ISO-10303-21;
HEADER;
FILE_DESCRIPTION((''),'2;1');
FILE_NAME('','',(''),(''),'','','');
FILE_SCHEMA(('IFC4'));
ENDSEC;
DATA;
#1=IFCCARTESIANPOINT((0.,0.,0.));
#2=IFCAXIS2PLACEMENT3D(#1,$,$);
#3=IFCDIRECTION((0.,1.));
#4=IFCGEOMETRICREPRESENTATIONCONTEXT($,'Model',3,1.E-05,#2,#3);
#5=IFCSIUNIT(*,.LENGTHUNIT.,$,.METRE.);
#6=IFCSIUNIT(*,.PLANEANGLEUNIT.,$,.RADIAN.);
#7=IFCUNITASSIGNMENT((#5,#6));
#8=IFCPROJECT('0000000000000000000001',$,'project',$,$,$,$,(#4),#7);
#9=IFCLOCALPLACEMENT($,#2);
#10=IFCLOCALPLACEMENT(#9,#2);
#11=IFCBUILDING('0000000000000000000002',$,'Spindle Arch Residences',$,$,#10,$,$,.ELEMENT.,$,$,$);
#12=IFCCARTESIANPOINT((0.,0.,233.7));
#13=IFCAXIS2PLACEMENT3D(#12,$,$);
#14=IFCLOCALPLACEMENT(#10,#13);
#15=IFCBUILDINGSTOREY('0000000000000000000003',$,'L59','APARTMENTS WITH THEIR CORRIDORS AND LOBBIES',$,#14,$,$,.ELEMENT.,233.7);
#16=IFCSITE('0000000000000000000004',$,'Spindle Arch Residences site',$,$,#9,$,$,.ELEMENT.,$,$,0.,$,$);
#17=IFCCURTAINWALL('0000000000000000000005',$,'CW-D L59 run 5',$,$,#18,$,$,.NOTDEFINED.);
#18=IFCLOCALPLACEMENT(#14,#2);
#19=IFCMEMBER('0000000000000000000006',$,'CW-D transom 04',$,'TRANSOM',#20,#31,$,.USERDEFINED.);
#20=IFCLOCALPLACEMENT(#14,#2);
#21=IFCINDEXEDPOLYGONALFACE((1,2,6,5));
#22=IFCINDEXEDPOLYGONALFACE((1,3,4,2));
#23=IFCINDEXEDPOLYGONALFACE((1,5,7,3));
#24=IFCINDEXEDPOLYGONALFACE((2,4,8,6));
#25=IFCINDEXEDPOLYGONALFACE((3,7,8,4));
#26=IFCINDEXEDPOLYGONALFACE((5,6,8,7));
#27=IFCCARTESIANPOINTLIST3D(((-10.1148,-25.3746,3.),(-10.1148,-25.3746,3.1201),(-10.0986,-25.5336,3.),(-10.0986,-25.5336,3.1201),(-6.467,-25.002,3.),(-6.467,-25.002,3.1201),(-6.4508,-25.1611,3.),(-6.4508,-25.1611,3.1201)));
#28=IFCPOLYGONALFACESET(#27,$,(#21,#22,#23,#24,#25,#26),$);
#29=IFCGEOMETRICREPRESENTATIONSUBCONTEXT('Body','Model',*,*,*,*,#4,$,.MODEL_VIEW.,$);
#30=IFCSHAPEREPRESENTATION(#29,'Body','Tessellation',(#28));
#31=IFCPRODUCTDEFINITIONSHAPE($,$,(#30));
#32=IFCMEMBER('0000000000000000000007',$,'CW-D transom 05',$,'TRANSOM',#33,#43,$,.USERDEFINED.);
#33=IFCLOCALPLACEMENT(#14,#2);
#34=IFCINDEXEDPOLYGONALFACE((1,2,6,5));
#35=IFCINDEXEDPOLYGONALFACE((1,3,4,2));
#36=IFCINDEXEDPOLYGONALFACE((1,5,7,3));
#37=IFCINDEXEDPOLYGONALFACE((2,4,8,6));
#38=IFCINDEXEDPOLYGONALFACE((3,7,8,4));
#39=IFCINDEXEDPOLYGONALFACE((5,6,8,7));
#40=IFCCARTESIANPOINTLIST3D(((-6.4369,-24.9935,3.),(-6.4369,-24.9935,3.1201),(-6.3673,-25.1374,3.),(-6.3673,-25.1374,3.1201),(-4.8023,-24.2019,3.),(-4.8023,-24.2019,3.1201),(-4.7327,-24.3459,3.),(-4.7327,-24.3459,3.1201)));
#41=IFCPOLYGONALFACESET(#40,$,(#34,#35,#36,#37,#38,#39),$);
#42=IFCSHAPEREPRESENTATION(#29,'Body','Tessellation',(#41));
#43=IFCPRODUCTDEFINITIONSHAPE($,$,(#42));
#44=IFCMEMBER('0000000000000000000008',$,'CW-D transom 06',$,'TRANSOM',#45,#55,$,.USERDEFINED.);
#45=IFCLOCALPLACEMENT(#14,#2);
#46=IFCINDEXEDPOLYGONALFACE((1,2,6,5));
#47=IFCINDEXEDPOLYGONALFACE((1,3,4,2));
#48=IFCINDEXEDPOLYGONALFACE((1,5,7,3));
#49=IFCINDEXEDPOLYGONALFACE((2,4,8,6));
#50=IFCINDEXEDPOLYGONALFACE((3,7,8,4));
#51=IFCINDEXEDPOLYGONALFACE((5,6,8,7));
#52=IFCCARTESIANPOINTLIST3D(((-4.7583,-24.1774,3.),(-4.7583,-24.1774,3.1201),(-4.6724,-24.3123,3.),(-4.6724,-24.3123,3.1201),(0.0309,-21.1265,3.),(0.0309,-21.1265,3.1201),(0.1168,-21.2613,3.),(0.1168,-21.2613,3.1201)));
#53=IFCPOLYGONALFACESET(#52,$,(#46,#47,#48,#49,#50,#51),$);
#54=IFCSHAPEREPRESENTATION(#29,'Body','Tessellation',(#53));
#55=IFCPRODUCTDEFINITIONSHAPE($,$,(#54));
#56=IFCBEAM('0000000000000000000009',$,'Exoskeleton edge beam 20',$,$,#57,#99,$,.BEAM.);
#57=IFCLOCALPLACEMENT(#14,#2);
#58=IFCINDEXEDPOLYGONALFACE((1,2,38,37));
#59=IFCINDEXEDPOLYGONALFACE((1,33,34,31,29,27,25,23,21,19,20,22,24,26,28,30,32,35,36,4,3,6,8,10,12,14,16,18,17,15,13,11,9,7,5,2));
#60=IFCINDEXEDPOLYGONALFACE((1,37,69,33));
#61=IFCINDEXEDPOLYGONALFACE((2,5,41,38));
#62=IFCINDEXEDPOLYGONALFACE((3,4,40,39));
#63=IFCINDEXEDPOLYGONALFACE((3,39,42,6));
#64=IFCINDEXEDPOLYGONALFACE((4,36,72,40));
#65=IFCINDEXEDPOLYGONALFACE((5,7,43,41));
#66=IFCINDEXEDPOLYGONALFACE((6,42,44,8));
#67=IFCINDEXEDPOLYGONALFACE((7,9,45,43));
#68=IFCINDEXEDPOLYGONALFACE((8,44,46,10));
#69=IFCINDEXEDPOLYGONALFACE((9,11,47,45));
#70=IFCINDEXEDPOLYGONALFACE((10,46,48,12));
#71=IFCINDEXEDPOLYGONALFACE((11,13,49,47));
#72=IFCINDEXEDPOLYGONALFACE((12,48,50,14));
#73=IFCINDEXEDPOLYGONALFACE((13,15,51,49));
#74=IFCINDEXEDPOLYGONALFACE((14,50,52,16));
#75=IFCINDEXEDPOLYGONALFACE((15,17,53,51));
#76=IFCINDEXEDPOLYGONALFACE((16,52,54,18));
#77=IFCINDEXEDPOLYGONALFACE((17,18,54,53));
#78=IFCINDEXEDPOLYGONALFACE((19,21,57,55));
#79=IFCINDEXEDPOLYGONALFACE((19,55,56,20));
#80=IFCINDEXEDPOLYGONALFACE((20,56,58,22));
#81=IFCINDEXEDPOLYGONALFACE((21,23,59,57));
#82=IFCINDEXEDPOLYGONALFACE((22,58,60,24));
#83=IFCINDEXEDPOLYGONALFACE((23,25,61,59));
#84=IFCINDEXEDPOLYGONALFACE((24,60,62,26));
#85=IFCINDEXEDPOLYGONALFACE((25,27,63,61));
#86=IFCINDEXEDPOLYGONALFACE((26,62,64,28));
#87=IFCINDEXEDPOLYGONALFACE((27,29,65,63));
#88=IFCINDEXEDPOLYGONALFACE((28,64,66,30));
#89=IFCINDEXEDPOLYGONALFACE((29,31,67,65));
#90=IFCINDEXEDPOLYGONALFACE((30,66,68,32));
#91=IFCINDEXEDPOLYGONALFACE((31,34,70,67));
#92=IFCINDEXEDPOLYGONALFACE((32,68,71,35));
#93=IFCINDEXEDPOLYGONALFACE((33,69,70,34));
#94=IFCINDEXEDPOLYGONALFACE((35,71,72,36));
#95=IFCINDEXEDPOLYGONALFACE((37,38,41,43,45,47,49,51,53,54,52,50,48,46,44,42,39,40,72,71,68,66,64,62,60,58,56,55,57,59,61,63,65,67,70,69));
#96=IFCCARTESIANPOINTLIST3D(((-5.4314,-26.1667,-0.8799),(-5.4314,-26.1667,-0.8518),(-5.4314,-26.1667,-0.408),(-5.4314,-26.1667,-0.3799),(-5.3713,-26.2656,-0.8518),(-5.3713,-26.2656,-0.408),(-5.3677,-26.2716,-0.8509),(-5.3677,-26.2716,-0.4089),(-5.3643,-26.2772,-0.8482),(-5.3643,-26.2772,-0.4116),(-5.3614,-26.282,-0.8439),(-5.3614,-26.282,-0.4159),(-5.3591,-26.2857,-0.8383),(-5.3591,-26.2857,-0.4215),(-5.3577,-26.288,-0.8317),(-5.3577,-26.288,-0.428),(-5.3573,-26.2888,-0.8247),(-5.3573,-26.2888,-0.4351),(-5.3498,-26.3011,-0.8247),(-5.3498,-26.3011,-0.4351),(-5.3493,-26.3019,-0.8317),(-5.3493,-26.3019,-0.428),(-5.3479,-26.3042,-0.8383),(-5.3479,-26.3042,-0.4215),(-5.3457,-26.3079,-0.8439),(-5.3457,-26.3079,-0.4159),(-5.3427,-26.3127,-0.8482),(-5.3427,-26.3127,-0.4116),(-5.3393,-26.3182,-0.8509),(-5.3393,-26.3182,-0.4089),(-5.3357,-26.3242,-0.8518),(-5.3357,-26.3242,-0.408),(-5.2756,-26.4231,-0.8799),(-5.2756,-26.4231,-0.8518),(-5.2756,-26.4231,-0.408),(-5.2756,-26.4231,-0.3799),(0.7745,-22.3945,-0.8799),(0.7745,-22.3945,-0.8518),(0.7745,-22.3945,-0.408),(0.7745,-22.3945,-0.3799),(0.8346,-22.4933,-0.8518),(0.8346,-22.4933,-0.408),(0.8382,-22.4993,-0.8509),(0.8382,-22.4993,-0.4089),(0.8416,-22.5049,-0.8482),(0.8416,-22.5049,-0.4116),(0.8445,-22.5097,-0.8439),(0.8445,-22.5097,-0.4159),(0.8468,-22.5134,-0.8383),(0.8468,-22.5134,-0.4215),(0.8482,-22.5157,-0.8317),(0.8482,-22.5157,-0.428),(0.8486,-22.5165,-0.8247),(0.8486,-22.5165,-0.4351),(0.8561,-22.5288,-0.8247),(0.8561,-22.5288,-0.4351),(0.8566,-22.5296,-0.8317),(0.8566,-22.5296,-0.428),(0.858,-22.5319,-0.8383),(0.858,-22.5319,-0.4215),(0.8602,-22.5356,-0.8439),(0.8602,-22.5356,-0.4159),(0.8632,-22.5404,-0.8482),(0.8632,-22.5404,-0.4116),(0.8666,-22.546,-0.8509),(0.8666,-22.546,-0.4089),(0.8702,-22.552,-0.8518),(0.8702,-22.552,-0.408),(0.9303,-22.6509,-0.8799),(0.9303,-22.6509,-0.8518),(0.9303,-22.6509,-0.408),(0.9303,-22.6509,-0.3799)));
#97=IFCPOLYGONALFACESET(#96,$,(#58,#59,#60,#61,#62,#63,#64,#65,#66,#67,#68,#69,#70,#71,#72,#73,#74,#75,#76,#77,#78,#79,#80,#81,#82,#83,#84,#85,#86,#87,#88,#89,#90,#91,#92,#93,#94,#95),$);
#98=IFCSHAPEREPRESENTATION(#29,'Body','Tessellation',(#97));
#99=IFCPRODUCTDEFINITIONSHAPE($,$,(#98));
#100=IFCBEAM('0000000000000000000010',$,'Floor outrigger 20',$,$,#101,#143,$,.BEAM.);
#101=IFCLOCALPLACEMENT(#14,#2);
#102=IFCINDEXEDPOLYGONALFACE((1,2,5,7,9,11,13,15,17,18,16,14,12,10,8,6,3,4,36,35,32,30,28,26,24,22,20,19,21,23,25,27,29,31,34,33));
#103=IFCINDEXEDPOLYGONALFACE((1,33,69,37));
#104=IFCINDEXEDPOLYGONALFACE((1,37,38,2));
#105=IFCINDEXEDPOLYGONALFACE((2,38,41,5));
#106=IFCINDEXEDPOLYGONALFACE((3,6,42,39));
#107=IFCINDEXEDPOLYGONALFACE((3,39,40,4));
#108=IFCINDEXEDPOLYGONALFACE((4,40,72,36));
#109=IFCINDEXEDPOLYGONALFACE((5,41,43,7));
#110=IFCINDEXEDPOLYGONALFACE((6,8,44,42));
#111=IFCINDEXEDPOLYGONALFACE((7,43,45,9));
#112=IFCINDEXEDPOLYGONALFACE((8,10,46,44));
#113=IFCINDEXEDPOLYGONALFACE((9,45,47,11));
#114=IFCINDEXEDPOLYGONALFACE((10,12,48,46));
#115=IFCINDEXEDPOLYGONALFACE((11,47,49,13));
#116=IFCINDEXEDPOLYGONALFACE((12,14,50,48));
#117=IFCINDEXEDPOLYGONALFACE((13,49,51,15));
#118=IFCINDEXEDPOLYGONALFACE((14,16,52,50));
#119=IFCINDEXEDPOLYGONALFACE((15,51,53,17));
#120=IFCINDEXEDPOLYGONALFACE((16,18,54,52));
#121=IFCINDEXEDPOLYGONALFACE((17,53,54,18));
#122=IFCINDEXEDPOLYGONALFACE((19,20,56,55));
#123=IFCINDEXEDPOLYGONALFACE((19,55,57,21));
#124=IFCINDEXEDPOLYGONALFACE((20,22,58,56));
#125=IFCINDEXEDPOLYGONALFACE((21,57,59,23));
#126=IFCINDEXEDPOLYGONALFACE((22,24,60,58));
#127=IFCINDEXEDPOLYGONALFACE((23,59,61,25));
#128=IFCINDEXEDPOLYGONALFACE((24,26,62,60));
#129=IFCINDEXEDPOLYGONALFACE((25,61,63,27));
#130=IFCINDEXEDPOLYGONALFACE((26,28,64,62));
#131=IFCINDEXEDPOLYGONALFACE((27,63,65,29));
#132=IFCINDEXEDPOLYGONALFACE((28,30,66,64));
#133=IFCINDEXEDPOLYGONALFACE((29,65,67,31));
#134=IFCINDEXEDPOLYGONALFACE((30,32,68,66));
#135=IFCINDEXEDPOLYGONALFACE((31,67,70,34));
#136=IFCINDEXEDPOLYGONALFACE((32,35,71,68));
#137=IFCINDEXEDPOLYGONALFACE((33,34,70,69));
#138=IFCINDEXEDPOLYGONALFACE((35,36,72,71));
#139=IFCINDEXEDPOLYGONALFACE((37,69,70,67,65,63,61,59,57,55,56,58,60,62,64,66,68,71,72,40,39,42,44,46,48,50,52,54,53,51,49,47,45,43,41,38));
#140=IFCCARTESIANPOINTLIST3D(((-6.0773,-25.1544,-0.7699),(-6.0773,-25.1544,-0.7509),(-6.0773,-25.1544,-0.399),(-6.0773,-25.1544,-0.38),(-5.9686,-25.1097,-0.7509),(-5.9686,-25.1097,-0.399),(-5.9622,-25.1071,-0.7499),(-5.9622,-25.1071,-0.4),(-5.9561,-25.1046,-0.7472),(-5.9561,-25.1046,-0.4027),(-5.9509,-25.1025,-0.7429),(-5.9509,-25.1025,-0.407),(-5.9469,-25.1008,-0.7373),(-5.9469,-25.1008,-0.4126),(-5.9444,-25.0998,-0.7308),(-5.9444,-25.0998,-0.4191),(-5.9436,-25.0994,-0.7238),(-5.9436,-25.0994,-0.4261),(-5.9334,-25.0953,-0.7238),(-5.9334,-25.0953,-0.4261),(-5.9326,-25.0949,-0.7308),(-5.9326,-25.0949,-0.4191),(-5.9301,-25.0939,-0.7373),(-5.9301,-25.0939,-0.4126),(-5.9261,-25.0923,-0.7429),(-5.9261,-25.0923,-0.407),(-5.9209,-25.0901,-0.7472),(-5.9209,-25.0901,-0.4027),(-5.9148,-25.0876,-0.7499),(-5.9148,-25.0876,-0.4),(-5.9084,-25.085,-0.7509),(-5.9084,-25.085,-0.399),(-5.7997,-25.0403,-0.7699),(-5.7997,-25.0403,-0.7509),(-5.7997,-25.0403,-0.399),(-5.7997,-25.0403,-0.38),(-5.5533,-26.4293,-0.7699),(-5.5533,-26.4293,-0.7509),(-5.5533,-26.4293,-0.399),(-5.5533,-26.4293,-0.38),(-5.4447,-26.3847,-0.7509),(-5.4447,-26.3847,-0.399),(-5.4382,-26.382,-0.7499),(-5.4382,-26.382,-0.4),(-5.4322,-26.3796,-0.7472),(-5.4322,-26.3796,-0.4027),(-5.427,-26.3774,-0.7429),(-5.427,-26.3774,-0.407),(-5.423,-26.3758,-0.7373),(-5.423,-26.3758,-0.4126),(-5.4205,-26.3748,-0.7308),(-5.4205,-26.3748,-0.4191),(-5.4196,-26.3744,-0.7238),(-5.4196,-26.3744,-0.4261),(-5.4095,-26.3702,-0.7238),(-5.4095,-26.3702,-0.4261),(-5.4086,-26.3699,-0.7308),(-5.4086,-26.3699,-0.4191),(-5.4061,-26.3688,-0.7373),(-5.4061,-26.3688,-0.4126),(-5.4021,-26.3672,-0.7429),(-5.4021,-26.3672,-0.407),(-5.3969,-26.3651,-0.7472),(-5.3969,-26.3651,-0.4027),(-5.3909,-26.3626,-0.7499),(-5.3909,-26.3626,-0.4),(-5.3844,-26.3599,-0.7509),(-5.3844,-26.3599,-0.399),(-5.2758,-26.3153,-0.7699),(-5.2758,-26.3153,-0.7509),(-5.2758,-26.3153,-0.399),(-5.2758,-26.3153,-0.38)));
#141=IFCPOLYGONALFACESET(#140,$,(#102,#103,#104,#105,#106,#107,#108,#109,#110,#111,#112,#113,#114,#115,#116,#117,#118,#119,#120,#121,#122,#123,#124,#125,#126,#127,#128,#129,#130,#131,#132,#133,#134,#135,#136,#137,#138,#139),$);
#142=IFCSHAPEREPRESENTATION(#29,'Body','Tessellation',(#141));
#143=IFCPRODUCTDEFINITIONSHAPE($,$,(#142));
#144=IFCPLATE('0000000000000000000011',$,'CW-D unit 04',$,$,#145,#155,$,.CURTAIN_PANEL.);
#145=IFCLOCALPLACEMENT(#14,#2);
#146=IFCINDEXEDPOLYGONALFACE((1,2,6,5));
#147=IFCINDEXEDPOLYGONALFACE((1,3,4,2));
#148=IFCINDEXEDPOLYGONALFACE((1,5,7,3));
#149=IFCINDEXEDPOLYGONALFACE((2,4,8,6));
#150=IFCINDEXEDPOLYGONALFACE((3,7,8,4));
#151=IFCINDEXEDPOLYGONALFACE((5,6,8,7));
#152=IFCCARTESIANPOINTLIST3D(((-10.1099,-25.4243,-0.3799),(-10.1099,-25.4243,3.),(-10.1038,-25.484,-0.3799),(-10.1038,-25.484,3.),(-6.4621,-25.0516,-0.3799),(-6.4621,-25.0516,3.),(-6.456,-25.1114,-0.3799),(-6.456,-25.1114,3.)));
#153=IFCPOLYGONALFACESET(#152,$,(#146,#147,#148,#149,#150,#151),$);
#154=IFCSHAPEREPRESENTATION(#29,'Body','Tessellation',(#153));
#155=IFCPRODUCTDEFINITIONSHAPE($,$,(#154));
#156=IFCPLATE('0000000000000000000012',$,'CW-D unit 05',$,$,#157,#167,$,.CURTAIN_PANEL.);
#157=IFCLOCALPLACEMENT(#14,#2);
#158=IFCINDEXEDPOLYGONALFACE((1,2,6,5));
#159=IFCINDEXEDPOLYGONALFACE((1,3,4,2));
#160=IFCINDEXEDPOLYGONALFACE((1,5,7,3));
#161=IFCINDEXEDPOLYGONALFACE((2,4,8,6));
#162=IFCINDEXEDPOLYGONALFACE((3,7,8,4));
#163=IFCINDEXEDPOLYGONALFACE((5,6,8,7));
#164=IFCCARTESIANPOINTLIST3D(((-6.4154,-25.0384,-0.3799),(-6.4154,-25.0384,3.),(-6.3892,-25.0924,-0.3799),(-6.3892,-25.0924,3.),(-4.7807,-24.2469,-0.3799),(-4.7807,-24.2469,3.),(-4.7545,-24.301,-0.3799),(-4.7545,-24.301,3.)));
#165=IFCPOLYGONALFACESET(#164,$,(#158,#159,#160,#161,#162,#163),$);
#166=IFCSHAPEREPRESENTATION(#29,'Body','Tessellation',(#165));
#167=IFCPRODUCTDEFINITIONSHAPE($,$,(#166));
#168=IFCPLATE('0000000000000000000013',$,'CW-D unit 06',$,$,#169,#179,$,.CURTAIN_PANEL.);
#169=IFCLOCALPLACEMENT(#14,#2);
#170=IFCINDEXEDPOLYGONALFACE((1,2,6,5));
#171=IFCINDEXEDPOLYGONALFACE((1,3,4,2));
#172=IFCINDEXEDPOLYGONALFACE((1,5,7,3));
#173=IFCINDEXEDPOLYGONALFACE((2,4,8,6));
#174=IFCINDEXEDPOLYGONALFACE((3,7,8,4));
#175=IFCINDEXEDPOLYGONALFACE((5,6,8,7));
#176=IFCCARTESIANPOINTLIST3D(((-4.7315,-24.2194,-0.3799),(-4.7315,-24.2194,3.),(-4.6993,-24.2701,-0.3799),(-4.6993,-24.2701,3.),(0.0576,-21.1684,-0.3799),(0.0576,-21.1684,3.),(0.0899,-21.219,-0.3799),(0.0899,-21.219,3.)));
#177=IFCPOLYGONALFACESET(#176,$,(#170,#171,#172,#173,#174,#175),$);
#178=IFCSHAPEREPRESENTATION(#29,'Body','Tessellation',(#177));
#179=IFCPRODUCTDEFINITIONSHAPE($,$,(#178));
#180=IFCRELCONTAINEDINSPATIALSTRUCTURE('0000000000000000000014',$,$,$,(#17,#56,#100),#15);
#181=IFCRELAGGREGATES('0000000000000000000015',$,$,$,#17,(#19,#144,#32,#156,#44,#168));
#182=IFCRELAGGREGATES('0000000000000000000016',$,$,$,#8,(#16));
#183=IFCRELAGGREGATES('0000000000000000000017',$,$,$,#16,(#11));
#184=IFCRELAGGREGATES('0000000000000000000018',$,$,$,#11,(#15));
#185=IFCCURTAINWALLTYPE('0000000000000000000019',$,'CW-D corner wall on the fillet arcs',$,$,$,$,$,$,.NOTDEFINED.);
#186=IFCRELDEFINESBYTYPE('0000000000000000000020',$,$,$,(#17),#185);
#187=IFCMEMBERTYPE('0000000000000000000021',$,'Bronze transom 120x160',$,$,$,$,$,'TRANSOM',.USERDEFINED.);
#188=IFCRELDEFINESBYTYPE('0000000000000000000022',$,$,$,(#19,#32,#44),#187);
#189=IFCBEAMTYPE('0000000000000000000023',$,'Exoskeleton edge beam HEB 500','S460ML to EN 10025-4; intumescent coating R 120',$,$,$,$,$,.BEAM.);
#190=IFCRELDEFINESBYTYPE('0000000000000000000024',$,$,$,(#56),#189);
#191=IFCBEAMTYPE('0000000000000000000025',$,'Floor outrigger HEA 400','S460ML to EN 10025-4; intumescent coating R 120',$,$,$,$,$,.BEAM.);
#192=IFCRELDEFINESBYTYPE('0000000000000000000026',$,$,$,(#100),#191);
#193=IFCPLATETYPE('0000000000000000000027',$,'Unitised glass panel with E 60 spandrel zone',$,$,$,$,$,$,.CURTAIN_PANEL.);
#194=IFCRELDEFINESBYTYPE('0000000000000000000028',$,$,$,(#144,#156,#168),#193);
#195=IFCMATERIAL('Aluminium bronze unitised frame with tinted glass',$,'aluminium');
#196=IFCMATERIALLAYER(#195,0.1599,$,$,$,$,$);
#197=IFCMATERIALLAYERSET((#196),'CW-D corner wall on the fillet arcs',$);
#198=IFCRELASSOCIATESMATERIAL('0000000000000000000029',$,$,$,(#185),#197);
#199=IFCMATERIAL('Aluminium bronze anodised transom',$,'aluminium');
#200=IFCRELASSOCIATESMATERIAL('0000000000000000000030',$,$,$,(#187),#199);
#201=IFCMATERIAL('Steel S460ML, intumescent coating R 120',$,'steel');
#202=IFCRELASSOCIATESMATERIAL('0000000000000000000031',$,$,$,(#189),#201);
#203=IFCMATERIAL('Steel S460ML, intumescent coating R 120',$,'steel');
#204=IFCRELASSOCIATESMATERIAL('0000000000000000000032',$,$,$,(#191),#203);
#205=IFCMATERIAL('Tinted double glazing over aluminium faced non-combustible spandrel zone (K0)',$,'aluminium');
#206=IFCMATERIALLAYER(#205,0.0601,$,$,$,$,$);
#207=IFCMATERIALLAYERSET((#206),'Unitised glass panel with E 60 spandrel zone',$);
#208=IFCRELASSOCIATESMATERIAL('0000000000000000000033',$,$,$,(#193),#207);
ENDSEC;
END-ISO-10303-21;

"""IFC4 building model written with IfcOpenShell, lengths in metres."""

from ifc_helpers import new_model, si_unit, direction, frame, origin, origin_2d, place, context, subcontext, project, spatial, rectangle, i_section, extrude, material, layer, layer_set, material_profile, profile_set, type_object, element, aggregate, save


model = new_model("IFC4")

# Units and contexts
model_context = context("Model", 3, precision=1e-05, world=origin(), true_north=direction((0.0, 1.0)))
body_context = subcontext(model_context, "Body", "Model", "MODEL_VIEW")
ifc_project = project(units=[si_unit("LENGTHUNIT", "METRE"), si_unit("PLANEANGLEUNIT", "RADIAN")], contexts=[model_context])

# Site, building, storey
site_placement = place(None, origin())
site = spatial("IfcSite", under=ifc_project, at=site_placement, Name="Spindle Arch Residences site", CompositionType="ELEMENT", RefElevation=0.0)
building_placement = place(site_placement, origin())
building = spatial("IfcBuilding", under=site, at=building_placement, Name="Spindle Arch Residences", CompositionType="ELEMENT")
storey_placement = place(building_placement, frame((0.0, 0.0, 233.7)))
storey = spatial("IfcBuildingStorey", under=building, at=storey_placement, Name="L59", Description="APARTMENTS WITH THEIR CORRIDORS AND LOBBIES", CompositionType="ELEMENT", Elevation=233.7)

# Curtain wall, members
ifc_material_1 = material(Name="Aluminium bronze unitised frame with tinted glass", Category="aluminium")
ifc_layer_1 = layer(ifc_material_1, 0.1599)
ifc_layer_set_1 = layer_set([ifc_layer_1], Name="CW-D corner wall on the fillet arcs")
curtain_wall_type = type_object("IfcCurtainWallType", Name="CW-D corner wall on the fillet arcs", PredefinedType="NOTDEFINED", material=ifc_layer_set_1)
curtain_wall_placement = place(storey_placement, origin())
curtain_wall = element("IfcCurtainWall", 1, at=curtain_wall_placement, inside=storey, type_object=curtain_wall_type, Name="CW-D L59 run 5", PredefinedType="NOTDEFINED")
ifc_material_2 = material(Name="Aluminium bronze anodised transom", Category="aluminium")
ifc_material_profile_1 = material_profile(ifc_material_2, rectangle(XDim=0.1599, YDim=0.1201, at=origin_2d()), Name="TR 120x160")
ifc_profile_set_1 = profile_set([ifc_material_profile_1], Name="Aluminium bronze anodised transom")
member_type_1 = type_object("IfcMemberType", Name="Bronze transom 120x160", ElementType="TRANSOM", PredefinedType="USERDEFINED", material=ifc_profile_set_1)
member_1_placement = place(storey_placement, frame((-10.1067, -25.4541, 3.0601), z_axis=(0.994825, 0.101606, 0.0), x_axis=(-0.101606, 0.994825, 0.0)))
member_1 = element("IfcMember", 2, at=member_1_placement, type_object=member_type_1, Name="CW-D transom 04", ObjectType="TRANSOM", PredefinedType="USERDEFINED", context=body_context, shape_type="SweptSolid", body=[
    extrude(rectangle(XDim=0.1599, YDim=0.1201, at=origin_2d()), origin(), (0.0, 0.0, 1.0), 3.6667),
])
member_2_placement = place(storey_placement, frame((-6.4021, -25.0654, 3.0601), z_axis=(0.900028, 0.435831, 0.0), x_axis=(-0.435831, 0.900028, 0.0)))
member_2 = element("IfcMember", 3, at=member_2_placement, type_object=member_type_1, Name="CW-D transom 05", ObjectType="TRANSOM", PredefinedType="USERDEFINED", context=body_context, shape_type="SweptSolid", body=[
    extrude(rectangle(XDim=0.1599, YDim=0.1201, at=origin_2d()), origin(), (0.0, 0.0, 1.0), 1.8162),
])
member_3_placement = place(storey_placement, frame((-4.7153, -24.2449, 3.0601), z_axis=(0.843399, 0.537287, 0.0), x_axis=(-0.537287, 0.843399, 0.0)))
member_3 = element("IfcMember", 4, at=member_3_placement, type_object=member_type_1, Name="CW-D transom 06", ObjectType="TRANSOM", PredefinedType="USERDEFINED", context=body_context, shape_type="SweptSolid", body=[
    extrude(rectangle(XDim=0.1599, YDim=0.1201, at=origin_2d()), origin(), (0.0, 0.0, 1.0), 5.6785),
])

# Beams
ifc_material_3 = material(Name="Steel S460ML, intumescent coating R 120", Category="steel")
ifc_material_profile_2 = material_profile(ifc_material_3, i_section(OverallWidth=0.3, OverallDepth=0.5, WebThickness=0.0144, FlangeThickness=0.0281, FilletRadius=0.0271, at=origin_2d()), Name="HEB 500")
ifc_profile_set_2 = profile_set([ifc_material_profile_2], Name="Steel S460ML, intumescent coating R 120")
beam_type_1 = type_object("IfcBeamType", Name="Exoskeleton edge beam HEB 500", Description="S460ML to EN 10025-4; intumescent coating R 120", PredefinedType="BEAM", material=ifc_profile_set_2)
beam_1_placement = place(storey_placement, frame((-5.3535, -26.2949, -0.6299), z_axis=(0.854518, 0.519421, 0.0), x_axis=(-0.519421, 0.854518, 0.0)))
element("IfcBeam", 5, at=beam_1_placement, inside=storey, type_object=beam_type_1, Name="Exoskeleton edge beam 20", PredefinedType="BEAM", context=body_context, shape_type="SweptSolid", body=[
    extrude(i_section(OverallWidth=0.3, OverallDepth=0.5, WebThickness=0.0144, FlangeThickness=0.0281, FilletRadius=0.0271, at=origin_2d()), origin(), (0.0, 0.0, 1.0), 7.2625),
])
ifc_material_4 = material(Name="Steel S460ML, intumescent coating R 120", Category="steel")
ifc_material_profile_3 = material_profile(ifc_material_4, i_section(OverallWidth=0.3, OverallDepth=0.3899, WebThickness=0.011, FlangeThickness=0.019, FilletRadius=0.0271, at=origin_2d()), Name="HEA 400")
ifc_profile_set_3 = profile_set([ifc_material_profile_3], Name="Steel S460ML, intumescent coating R 120")
beam_type_2 = type_object("IfcBeamType", Name="Floor outrigger HEA 400", Description="S460ML to EN 10025-4; intumescent coating R 120", PredefinedType="BEAM", material=ifc_profile_set_3)
beam_2_placement = place(storey_placement, frame((-5.4146, -26.3723, -0.575), z_axis=(-0.380108, 0.924942, 0.0), x_axis=(-0.924942, -0.380108, 0.0)))
element("IfcBeam", 6, at=beam_2_placement, inside=storey, type_object=beam_type_2, Name="Floor outrigger 20", PredefinedType="BEAM", context=body_context, shape_type="SweptSolid", body=[
    extrude(i_section(OverallWidth=0.3, OverallDepth=0.3899, WebThickness=0.011, FlangeThickness=0.019, FilletRadius=0.0271, at=origin_2d()), origin(), (0.0, 0.0, 1.0), 1.3784),
])

# Plates
ifc_material_5 = material(Name="Tinted double glazing over aluminium faced non-combustible spandrel zone (K0)", Category="aluminium")
ifc_layer_2 = layer(ifc_material_5, 0.0601)
ifc_layer_set_2 = layer_set([ifc_layer_2], Name="Unitised glass panel with E 60 spandrel zone")
plate_type = type_object("IfcPlateType", Name="Unitised glass panel with E 60 spandrel zone", PredefinedType="CURTAIN_PANEL", material=ifc_layer_set_2)
plate_1_placement = place(storey_placement, frame((-8.283, -25.2678, -0.3799), z_axis=(0.0, 0.0, 1.0), x_axis=(0.994822, 0.101635, 0.0)))
plate_1 = element("IfcPlate", 7, at=plate_1_placement, type_object=plate_type, Name="CW-D unit 04", PredefinedType="CURTAIN_PANEL", context=body_context, shape_type="SweptSolid", body=[
    extrude(rectangle(XDim=3.6667, YDim=0.0601, at=origin_2d()), origin(), (0.0, 0.0, 1.0), 3.3799),
])
plate_2_placement = place(storey_placement, frame((-5.585, -24.6697, -0.3799), z_axis=(0.0, 0.0, 1.0), x_axis=(0.900065, 0.435755, 0.0)))
plate_2 = element("IfcPlate", 8, at=plate_2_placement, type_object=plate_type, Name="CW-D unit 05", PredefinedType="CURTAIN_PANEL", context=body_context, shape_type="SweptSolid", body=[
    extrude(rectangle(XDim=1.8162, YDim=0.0601, at=origin_2d()), origin(), (0.0, 0.0, 1.0), 3.3799),
])
plate_3_placement = place(storey_placement, frame((-2.3208, -22.7192, -0.3799), z_axis=(0.0, 0.0, 1.0), x_axis=(0.843391, 0.5373, 0.0)))
plate_3 = element("IfcPlate", 9, at=plate_3_placement, type_object=plate_type, Name="CW-D unit 06", PredefinedType="CURTAIN_PANEL", context=body_context, shape_type="SweptSolid", body=[
    extrude(rectangle(XDim=5.6785, YDim=0.0601, at=origin_2d()), origin(), (0.0, 0.0, 1.0), 3.3799),
])
aggregate(curtain_wall, [member_1, plate_1, member_2, plate_2, member_3, plate_3])

save(model, "model.ifc")
